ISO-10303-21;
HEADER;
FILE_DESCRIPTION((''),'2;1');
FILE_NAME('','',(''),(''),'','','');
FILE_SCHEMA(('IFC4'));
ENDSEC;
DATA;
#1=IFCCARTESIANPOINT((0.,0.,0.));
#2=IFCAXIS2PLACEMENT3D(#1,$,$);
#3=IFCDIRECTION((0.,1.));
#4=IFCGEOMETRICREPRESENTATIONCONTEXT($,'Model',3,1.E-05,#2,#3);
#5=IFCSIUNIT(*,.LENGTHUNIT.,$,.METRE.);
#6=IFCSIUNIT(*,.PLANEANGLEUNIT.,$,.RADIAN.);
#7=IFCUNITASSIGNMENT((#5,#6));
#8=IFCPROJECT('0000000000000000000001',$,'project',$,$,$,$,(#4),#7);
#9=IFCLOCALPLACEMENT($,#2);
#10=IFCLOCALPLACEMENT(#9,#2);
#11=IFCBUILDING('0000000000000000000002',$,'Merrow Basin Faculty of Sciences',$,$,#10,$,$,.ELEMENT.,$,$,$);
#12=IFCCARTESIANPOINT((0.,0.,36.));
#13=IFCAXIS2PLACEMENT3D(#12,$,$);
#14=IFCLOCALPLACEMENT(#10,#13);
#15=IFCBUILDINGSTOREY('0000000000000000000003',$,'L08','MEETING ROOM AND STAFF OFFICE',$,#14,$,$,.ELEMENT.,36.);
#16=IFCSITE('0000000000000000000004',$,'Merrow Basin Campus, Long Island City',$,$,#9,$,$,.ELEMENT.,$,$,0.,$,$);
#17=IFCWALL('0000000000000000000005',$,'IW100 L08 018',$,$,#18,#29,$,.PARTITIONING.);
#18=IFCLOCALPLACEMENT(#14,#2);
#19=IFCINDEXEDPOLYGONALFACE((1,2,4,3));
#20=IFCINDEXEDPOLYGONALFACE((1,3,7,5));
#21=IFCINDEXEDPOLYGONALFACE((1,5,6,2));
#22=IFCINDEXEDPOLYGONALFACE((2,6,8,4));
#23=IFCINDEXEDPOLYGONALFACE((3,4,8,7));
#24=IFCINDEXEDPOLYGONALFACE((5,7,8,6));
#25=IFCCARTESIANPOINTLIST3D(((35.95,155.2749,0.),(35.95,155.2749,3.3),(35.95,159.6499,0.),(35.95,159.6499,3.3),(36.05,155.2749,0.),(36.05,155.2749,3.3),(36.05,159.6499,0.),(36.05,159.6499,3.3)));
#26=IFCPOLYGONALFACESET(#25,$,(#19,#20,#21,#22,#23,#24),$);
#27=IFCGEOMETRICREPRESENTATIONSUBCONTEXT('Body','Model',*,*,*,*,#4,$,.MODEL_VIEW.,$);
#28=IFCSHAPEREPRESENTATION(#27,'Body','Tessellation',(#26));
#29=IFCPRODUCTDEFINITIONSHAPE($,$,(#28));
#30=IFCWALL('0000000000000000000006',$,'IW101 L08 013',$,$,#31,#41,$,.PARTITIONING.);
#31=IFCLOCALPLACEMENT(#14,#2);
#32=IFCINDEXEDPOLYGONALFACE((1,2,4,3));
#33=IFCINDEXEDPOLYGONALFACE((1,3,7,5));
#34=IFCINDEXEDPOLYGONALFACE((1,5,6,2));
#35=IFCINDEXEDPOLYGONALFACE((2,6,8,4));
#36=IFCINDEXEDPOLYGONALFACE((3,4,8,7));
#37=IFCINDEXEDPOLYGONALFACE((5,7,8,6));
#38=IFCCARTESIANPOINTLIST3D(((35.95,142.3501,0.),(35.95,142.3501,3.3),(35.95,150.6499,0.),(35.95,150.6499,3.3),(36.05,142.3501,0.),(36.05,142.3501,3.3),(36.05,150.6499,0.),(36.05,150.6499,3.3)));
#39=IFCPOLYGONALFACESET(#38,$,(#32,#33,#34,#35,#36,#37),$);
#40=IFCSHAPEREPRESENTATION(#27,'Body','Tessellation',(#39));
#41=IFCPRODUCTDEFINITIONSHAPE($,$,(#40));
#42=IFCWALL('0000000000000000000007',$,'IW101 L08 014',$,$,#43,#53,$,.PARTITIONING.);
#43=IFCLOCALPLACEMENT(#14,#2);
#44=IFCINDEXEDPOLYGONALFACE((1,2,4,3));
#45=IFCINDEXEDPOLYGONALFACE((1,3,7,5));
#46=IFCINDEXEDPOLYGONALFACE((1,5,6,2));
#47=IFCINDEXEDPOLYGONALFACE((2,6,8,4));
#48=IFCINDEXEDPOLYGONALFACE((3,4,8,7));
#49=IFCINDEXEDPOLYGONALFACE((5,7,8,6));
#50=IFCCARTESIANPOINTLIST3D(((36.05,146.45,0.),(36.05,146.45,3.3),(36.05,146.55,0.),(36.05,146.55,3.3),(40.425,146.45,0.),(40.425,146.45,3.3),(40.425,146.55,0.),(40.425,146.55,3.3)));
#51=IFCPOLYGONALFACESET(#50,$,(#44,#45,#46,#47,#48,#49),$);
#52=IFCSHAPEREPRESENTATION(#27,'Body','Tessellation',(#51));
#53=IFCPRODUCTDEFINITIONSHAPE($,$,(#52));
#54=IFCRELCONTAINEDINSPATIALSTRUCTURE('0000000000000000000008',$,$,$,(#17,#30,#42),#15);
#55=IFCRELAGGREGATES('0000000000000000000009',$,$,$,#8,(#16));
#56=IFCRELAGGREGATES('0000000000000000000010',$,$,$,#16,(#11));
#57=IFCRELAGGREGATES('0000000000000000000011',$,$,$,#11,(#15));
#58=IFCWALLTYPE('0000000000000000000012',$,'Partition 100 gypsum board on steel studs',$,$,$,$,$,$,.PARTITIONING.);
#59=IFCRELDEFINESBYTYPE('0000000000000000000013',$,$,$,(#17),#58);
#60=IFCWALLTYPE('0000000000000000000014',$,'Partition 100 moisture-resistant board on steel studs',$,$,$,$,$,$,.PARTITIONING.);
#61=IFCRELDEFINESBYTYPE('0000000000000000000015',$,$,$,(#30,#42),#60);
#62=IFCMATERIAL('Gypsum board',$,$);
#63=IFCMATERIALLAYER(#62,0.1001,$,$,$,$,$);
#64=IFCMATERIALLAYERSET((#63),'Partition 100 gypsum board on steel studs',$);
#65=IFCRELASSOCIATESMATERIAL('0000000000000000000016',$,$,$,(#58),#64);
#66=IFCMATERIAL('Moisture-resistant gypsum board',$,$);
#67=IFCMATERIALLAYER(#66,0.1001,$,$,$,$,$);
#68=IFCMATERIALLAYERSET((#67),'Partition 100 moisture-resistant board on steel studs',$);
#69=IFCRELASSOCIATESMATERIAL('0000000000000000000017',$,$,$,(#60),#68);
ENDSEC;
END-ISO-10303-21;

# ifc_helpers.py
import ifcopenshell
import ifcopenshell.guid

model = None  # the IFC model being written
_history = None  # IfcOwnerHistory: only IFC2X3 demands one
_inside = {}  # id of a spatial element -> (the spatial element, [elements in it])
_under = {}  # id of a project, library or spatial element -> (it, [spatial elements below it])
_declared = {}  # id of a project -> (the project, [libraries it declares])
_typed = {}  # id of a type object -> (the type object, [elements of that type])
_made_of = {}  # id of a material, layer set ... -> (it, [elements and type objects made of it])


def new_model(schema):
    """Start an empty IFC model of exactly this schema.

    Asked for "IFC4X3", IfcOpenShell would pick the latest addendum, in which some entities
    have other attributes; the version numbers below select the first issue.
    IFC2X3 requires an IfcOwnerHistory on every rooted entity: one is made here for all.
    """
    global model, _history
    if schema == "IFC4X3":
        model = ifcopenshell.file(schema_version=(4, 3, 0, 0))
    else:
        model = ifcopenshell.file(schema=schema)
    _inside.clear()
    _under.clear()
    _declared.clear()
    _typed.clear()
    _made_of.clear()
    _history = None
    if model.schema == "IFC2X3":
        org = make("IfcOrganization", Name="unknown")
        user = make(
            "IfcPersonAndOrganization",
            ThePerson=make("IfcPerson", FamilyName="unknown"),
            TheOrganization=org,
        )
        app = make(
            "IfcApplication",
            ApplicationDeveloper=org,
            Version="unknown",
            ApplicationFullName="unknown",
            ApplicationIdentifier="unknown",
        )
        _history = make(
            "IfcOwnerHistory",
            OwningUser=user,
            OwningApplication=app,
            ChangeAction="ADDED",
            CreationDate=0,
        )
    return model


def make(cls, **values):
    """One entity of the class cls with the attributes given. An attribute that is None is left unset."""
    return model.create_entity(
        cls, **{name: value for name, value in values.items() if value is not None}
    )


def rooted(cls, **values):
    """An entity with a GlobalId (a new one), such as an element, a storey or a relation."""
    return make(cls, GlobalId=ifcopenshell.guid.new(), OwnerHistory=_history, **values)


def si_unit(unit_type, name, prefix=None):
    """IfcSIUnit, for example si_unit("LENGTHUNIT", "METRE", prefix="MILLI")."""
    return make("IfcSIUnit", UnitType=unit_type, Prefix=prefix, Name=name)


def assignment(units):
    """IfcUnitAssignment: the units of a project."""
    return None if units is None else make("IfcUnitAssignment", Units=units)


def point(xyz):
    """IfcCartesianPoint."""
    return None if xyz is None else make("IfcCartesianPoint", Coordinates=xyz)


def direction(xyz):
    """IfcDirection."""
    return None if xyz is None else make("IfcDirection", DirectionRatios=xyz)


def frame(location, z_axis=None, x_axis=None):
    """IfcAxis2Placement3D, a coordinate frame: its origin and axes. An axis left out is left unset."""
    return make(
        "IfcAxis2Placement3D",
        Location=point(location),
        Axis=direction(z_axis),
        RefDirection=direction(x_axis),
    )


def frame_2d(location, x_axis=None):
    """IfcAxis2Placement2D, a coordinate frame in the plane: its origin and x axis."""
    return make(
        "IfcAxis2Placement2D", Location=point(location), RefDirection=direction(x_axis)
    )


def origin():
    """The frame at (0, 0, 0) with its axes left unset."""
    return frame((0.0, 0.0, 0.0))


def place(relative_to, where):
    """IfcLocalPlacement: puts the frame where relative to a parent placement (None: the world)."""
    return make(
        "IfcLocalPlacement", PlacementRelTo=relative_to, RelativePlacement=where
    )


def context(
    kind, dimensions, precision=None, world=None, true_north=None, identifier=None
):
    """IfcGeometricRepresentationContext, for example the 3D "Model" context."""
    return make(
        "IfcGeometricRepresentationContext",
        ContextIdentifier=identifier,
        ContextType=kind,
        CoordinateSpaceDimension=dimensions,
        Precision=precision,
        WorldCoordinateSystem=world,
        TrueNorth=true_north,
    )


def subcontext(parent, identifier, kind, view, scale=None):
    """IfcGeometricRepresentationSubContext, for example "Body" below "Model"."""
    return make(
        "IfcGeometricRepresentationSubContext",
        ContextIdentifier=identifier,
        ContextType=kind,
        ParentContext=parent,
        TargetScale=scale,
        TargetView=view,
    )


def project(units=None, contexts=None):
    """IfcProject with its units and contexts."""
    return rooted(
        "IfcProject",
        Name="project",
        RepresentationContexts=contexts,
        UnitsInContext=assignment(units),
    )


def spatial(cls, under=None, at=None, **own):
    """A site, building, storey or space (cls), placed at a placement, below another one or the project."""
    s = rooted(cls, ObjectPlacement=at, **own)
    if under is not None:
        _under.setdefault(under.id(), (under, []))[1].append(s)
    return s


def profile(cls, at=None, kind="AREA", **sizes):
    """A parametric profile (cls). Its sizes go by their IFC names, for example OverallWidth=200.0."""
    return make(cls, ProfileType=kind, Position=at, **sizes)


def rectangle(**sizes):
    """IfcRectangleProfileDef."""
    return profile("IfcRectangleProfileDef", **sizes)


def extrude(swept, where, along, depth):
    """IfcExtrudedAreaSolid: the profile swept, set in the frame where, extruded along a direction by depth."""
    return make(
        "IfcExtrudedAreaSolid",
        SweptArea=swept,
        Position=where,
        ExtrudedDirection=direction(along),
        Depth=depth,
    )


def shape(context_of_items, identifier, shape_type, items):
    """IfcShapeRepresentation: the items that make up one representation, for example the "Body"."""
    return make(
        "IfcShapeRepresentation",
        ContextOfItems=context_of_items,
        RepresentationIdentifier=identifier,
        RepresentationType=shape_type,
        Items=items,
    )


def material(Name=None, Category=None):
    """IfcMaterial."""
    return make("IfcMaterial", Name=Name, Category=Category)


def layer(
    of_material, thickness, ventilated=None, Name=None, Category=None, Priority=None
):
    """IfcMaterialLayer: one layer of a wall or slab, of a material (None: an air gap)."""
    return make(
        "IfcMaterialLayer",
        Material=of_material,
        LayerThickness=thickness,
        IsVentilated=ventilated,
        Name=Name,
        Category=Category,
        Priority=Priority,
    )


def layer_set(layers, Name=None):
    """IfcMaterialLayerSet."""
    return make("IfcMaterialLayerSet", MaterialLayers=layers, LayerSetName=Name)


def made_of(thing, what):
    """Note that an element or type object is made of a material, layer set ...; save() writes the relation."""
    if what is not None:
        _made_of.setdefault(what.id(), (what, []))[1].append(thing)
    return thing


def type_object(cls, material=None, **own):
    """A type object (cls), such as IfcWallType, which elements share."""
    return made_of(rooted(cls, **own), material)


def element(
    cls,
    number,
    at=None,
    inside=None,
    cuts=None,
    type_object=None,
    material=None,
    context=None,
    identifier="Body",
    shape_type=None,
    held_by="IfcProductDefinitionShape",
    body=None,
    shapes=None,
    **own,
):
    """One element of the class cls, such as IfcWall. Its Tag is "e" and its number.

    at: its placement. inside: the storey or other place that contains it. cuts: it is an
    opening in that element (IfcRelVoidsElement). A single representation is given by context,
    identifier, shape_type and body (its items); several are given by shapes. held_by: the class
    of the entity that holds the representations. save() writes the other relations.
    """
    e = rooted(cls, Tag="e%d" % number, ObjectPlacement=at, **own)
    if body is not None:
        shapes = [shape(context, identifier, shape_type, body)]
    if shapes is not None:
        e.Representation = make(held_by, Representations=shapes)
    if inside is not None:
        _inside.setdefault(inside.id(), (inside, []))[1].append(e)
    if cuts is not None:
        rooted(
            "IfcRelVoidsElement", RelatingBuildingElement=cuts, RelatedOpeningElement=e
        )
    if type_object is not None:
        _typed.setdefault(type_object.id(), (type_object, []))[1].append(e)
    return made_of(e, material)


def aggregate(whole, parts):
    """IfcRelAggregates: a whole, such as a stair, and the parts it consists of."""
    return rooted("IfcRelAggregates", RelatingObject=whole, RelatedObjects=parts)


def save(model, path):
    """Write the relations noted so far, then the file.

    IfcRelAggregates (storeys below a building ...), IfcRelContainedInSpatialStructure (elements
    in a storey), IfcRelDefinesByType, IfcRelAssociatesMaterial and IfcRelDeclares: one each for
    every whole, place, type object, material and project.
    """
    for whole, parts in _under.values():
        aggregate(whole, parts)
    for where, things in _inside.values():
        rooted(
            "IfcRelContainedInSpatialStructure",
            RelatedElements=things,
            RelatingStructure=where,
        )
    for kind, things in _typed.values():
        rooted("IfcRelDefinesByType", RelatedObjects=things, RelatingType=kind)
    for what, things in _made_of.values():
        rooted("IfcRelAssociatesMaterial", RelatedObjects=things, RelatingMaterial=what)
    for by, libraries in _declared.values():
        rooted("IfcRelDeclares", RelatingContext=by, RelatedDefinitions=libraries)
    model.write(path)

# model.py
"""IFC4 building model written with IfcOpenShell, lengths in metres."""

from ifc_helpers import new_model, si_unit, direction, frame, frame_2d, origin, place, context, subcontext, project, spatial, rectangle, extrude, material, layer, layer_set, type_object, element, save


model = new_model("IFC4")

# Units and contexts
model_context = context("Model", 3, precision=1e-05, world=origin(), true_north=direction((0.0, 1.0)))
body_context = subcontext(model_context, "Body", "Model", "MODEL_VIEW")
ifc_project = project(units=[si_unit("LENGTHUNIT", "METRE"), si_unit("PLANEANGLEUNIT", "RADIAN")], contexts=[model_context])

# Site, building, storey
site_placement = place(None, origin())
site = spatial("IfcSite", under=ifc_project, at=site_placement, Name="Merrow Basin Campus, Long Island City", CompositionType="ELEMENT", RefElevation=0.0)
building_placement = place(site_placement, origin())
building = spatial("IfcBuilding", under=site, at=building_placement, Name="Merrow Basin Faculty of Sciences", CompositionType="ELEMENT")
storey_placement = place(building_placement, frame((0.0, 0.0, 36.0)))
storey = spatial("IfcBuildingStorey", under=building, at=storey_placement, Name="L08", Description="MEETING ROOM AND STAFF OFFICE", CompositionType="ELEMENT", Elevation=36.0)

# Walls
ifc_material_1 = material(Name="Gypsum board")
ifc_layer_1 = layer(ifc_material_1, 0.1001)
ifc_layer_set_1 = layer_set([ifc_layer_1], Name="Partition 100 gypsum board on steel studs")
wall_type_1 = type_object("IfcWallType", Name="Partition 100 gypsum board on steel studs", PredefinedType="PARTITIONING", material=ifc_layer_set_1)
wall_1_placement = place(storey_placement, frame((36.0, 155.2749, 0.0), z_axis=(0.0, 0.0, 1.0), x_axis=(0.0, 1.0, 0.0)))
element("IfcWall", 1, at=wall_1_placement, inside=storey, type_object=wall_type_1, Name="IW100 L08 018", PredefinedType="PARTITIONING", context=body_context, shape_type="SweptSolid", body=[
    extrude(rectangle(XDim=4.375, YDim=0.1001, at=frame_2d((2.1875, 0.0))), origin(), (0.0, 0.0, 1.0), 3.3),
])
ifc_material_2 = material(Name="Moisture-resistant gypsum board")
ifc_layer_2 = layer(ifc_material_2, 0.1001)
ifc_layer_set_2 = layer_set([ifc_layer_2], Name="Partition 100 moisture-resistant board on steel studs")
wall_type_2 = type_object("IfcWallType", Name="Partition 100 moisture-resistant board on steel studs", PredefinedType="PARTITIONING", material=ifc_layer_set_2)
wall_2_placement = place(storey_placement, frame((36.0, 142.3501, 0.0), z_axis=(0.0, 0.0, 1.0), x_axis=(0.0, 1.0, 0.0)))
element("IfcWall", 2, at=wall_2_placement, inside=storey, type_object=wall_type_2, Name="IW101 L08 013", PredefinedType="PARTITIONING", context=body_context, shape_type="SweptSolid", body=[
    extrude(rectangle(XDim=8.2998, YDim=0.1001, at=frame_2d((4.1499, 0.0))), origin(), (0.0, 0.0, 1.0), 3.3),
])
wall_3_placement = place(storey_placement, frame((36.05, 146.5, 0.0), z_axis=(0.0, 0.0, 1.0), x_axis=(1.0, 0.0, 0.0)))
element("IfcWall", 3, at=wall_3_placement, inside=storey, type_object=wall_type_2, Name="IW101 L08 014", PredefinedType="PARTITIONING", context=body_context, shape_type="SweptSolid", body=[
    extrude(rectangle(XDim=4.375, YDim=0.1001, at=frame_2d((2.1875, 0.0))), origin(), (0.0, 0.0, 1.0), 3.3),
])

save(model, "model.ifc")
